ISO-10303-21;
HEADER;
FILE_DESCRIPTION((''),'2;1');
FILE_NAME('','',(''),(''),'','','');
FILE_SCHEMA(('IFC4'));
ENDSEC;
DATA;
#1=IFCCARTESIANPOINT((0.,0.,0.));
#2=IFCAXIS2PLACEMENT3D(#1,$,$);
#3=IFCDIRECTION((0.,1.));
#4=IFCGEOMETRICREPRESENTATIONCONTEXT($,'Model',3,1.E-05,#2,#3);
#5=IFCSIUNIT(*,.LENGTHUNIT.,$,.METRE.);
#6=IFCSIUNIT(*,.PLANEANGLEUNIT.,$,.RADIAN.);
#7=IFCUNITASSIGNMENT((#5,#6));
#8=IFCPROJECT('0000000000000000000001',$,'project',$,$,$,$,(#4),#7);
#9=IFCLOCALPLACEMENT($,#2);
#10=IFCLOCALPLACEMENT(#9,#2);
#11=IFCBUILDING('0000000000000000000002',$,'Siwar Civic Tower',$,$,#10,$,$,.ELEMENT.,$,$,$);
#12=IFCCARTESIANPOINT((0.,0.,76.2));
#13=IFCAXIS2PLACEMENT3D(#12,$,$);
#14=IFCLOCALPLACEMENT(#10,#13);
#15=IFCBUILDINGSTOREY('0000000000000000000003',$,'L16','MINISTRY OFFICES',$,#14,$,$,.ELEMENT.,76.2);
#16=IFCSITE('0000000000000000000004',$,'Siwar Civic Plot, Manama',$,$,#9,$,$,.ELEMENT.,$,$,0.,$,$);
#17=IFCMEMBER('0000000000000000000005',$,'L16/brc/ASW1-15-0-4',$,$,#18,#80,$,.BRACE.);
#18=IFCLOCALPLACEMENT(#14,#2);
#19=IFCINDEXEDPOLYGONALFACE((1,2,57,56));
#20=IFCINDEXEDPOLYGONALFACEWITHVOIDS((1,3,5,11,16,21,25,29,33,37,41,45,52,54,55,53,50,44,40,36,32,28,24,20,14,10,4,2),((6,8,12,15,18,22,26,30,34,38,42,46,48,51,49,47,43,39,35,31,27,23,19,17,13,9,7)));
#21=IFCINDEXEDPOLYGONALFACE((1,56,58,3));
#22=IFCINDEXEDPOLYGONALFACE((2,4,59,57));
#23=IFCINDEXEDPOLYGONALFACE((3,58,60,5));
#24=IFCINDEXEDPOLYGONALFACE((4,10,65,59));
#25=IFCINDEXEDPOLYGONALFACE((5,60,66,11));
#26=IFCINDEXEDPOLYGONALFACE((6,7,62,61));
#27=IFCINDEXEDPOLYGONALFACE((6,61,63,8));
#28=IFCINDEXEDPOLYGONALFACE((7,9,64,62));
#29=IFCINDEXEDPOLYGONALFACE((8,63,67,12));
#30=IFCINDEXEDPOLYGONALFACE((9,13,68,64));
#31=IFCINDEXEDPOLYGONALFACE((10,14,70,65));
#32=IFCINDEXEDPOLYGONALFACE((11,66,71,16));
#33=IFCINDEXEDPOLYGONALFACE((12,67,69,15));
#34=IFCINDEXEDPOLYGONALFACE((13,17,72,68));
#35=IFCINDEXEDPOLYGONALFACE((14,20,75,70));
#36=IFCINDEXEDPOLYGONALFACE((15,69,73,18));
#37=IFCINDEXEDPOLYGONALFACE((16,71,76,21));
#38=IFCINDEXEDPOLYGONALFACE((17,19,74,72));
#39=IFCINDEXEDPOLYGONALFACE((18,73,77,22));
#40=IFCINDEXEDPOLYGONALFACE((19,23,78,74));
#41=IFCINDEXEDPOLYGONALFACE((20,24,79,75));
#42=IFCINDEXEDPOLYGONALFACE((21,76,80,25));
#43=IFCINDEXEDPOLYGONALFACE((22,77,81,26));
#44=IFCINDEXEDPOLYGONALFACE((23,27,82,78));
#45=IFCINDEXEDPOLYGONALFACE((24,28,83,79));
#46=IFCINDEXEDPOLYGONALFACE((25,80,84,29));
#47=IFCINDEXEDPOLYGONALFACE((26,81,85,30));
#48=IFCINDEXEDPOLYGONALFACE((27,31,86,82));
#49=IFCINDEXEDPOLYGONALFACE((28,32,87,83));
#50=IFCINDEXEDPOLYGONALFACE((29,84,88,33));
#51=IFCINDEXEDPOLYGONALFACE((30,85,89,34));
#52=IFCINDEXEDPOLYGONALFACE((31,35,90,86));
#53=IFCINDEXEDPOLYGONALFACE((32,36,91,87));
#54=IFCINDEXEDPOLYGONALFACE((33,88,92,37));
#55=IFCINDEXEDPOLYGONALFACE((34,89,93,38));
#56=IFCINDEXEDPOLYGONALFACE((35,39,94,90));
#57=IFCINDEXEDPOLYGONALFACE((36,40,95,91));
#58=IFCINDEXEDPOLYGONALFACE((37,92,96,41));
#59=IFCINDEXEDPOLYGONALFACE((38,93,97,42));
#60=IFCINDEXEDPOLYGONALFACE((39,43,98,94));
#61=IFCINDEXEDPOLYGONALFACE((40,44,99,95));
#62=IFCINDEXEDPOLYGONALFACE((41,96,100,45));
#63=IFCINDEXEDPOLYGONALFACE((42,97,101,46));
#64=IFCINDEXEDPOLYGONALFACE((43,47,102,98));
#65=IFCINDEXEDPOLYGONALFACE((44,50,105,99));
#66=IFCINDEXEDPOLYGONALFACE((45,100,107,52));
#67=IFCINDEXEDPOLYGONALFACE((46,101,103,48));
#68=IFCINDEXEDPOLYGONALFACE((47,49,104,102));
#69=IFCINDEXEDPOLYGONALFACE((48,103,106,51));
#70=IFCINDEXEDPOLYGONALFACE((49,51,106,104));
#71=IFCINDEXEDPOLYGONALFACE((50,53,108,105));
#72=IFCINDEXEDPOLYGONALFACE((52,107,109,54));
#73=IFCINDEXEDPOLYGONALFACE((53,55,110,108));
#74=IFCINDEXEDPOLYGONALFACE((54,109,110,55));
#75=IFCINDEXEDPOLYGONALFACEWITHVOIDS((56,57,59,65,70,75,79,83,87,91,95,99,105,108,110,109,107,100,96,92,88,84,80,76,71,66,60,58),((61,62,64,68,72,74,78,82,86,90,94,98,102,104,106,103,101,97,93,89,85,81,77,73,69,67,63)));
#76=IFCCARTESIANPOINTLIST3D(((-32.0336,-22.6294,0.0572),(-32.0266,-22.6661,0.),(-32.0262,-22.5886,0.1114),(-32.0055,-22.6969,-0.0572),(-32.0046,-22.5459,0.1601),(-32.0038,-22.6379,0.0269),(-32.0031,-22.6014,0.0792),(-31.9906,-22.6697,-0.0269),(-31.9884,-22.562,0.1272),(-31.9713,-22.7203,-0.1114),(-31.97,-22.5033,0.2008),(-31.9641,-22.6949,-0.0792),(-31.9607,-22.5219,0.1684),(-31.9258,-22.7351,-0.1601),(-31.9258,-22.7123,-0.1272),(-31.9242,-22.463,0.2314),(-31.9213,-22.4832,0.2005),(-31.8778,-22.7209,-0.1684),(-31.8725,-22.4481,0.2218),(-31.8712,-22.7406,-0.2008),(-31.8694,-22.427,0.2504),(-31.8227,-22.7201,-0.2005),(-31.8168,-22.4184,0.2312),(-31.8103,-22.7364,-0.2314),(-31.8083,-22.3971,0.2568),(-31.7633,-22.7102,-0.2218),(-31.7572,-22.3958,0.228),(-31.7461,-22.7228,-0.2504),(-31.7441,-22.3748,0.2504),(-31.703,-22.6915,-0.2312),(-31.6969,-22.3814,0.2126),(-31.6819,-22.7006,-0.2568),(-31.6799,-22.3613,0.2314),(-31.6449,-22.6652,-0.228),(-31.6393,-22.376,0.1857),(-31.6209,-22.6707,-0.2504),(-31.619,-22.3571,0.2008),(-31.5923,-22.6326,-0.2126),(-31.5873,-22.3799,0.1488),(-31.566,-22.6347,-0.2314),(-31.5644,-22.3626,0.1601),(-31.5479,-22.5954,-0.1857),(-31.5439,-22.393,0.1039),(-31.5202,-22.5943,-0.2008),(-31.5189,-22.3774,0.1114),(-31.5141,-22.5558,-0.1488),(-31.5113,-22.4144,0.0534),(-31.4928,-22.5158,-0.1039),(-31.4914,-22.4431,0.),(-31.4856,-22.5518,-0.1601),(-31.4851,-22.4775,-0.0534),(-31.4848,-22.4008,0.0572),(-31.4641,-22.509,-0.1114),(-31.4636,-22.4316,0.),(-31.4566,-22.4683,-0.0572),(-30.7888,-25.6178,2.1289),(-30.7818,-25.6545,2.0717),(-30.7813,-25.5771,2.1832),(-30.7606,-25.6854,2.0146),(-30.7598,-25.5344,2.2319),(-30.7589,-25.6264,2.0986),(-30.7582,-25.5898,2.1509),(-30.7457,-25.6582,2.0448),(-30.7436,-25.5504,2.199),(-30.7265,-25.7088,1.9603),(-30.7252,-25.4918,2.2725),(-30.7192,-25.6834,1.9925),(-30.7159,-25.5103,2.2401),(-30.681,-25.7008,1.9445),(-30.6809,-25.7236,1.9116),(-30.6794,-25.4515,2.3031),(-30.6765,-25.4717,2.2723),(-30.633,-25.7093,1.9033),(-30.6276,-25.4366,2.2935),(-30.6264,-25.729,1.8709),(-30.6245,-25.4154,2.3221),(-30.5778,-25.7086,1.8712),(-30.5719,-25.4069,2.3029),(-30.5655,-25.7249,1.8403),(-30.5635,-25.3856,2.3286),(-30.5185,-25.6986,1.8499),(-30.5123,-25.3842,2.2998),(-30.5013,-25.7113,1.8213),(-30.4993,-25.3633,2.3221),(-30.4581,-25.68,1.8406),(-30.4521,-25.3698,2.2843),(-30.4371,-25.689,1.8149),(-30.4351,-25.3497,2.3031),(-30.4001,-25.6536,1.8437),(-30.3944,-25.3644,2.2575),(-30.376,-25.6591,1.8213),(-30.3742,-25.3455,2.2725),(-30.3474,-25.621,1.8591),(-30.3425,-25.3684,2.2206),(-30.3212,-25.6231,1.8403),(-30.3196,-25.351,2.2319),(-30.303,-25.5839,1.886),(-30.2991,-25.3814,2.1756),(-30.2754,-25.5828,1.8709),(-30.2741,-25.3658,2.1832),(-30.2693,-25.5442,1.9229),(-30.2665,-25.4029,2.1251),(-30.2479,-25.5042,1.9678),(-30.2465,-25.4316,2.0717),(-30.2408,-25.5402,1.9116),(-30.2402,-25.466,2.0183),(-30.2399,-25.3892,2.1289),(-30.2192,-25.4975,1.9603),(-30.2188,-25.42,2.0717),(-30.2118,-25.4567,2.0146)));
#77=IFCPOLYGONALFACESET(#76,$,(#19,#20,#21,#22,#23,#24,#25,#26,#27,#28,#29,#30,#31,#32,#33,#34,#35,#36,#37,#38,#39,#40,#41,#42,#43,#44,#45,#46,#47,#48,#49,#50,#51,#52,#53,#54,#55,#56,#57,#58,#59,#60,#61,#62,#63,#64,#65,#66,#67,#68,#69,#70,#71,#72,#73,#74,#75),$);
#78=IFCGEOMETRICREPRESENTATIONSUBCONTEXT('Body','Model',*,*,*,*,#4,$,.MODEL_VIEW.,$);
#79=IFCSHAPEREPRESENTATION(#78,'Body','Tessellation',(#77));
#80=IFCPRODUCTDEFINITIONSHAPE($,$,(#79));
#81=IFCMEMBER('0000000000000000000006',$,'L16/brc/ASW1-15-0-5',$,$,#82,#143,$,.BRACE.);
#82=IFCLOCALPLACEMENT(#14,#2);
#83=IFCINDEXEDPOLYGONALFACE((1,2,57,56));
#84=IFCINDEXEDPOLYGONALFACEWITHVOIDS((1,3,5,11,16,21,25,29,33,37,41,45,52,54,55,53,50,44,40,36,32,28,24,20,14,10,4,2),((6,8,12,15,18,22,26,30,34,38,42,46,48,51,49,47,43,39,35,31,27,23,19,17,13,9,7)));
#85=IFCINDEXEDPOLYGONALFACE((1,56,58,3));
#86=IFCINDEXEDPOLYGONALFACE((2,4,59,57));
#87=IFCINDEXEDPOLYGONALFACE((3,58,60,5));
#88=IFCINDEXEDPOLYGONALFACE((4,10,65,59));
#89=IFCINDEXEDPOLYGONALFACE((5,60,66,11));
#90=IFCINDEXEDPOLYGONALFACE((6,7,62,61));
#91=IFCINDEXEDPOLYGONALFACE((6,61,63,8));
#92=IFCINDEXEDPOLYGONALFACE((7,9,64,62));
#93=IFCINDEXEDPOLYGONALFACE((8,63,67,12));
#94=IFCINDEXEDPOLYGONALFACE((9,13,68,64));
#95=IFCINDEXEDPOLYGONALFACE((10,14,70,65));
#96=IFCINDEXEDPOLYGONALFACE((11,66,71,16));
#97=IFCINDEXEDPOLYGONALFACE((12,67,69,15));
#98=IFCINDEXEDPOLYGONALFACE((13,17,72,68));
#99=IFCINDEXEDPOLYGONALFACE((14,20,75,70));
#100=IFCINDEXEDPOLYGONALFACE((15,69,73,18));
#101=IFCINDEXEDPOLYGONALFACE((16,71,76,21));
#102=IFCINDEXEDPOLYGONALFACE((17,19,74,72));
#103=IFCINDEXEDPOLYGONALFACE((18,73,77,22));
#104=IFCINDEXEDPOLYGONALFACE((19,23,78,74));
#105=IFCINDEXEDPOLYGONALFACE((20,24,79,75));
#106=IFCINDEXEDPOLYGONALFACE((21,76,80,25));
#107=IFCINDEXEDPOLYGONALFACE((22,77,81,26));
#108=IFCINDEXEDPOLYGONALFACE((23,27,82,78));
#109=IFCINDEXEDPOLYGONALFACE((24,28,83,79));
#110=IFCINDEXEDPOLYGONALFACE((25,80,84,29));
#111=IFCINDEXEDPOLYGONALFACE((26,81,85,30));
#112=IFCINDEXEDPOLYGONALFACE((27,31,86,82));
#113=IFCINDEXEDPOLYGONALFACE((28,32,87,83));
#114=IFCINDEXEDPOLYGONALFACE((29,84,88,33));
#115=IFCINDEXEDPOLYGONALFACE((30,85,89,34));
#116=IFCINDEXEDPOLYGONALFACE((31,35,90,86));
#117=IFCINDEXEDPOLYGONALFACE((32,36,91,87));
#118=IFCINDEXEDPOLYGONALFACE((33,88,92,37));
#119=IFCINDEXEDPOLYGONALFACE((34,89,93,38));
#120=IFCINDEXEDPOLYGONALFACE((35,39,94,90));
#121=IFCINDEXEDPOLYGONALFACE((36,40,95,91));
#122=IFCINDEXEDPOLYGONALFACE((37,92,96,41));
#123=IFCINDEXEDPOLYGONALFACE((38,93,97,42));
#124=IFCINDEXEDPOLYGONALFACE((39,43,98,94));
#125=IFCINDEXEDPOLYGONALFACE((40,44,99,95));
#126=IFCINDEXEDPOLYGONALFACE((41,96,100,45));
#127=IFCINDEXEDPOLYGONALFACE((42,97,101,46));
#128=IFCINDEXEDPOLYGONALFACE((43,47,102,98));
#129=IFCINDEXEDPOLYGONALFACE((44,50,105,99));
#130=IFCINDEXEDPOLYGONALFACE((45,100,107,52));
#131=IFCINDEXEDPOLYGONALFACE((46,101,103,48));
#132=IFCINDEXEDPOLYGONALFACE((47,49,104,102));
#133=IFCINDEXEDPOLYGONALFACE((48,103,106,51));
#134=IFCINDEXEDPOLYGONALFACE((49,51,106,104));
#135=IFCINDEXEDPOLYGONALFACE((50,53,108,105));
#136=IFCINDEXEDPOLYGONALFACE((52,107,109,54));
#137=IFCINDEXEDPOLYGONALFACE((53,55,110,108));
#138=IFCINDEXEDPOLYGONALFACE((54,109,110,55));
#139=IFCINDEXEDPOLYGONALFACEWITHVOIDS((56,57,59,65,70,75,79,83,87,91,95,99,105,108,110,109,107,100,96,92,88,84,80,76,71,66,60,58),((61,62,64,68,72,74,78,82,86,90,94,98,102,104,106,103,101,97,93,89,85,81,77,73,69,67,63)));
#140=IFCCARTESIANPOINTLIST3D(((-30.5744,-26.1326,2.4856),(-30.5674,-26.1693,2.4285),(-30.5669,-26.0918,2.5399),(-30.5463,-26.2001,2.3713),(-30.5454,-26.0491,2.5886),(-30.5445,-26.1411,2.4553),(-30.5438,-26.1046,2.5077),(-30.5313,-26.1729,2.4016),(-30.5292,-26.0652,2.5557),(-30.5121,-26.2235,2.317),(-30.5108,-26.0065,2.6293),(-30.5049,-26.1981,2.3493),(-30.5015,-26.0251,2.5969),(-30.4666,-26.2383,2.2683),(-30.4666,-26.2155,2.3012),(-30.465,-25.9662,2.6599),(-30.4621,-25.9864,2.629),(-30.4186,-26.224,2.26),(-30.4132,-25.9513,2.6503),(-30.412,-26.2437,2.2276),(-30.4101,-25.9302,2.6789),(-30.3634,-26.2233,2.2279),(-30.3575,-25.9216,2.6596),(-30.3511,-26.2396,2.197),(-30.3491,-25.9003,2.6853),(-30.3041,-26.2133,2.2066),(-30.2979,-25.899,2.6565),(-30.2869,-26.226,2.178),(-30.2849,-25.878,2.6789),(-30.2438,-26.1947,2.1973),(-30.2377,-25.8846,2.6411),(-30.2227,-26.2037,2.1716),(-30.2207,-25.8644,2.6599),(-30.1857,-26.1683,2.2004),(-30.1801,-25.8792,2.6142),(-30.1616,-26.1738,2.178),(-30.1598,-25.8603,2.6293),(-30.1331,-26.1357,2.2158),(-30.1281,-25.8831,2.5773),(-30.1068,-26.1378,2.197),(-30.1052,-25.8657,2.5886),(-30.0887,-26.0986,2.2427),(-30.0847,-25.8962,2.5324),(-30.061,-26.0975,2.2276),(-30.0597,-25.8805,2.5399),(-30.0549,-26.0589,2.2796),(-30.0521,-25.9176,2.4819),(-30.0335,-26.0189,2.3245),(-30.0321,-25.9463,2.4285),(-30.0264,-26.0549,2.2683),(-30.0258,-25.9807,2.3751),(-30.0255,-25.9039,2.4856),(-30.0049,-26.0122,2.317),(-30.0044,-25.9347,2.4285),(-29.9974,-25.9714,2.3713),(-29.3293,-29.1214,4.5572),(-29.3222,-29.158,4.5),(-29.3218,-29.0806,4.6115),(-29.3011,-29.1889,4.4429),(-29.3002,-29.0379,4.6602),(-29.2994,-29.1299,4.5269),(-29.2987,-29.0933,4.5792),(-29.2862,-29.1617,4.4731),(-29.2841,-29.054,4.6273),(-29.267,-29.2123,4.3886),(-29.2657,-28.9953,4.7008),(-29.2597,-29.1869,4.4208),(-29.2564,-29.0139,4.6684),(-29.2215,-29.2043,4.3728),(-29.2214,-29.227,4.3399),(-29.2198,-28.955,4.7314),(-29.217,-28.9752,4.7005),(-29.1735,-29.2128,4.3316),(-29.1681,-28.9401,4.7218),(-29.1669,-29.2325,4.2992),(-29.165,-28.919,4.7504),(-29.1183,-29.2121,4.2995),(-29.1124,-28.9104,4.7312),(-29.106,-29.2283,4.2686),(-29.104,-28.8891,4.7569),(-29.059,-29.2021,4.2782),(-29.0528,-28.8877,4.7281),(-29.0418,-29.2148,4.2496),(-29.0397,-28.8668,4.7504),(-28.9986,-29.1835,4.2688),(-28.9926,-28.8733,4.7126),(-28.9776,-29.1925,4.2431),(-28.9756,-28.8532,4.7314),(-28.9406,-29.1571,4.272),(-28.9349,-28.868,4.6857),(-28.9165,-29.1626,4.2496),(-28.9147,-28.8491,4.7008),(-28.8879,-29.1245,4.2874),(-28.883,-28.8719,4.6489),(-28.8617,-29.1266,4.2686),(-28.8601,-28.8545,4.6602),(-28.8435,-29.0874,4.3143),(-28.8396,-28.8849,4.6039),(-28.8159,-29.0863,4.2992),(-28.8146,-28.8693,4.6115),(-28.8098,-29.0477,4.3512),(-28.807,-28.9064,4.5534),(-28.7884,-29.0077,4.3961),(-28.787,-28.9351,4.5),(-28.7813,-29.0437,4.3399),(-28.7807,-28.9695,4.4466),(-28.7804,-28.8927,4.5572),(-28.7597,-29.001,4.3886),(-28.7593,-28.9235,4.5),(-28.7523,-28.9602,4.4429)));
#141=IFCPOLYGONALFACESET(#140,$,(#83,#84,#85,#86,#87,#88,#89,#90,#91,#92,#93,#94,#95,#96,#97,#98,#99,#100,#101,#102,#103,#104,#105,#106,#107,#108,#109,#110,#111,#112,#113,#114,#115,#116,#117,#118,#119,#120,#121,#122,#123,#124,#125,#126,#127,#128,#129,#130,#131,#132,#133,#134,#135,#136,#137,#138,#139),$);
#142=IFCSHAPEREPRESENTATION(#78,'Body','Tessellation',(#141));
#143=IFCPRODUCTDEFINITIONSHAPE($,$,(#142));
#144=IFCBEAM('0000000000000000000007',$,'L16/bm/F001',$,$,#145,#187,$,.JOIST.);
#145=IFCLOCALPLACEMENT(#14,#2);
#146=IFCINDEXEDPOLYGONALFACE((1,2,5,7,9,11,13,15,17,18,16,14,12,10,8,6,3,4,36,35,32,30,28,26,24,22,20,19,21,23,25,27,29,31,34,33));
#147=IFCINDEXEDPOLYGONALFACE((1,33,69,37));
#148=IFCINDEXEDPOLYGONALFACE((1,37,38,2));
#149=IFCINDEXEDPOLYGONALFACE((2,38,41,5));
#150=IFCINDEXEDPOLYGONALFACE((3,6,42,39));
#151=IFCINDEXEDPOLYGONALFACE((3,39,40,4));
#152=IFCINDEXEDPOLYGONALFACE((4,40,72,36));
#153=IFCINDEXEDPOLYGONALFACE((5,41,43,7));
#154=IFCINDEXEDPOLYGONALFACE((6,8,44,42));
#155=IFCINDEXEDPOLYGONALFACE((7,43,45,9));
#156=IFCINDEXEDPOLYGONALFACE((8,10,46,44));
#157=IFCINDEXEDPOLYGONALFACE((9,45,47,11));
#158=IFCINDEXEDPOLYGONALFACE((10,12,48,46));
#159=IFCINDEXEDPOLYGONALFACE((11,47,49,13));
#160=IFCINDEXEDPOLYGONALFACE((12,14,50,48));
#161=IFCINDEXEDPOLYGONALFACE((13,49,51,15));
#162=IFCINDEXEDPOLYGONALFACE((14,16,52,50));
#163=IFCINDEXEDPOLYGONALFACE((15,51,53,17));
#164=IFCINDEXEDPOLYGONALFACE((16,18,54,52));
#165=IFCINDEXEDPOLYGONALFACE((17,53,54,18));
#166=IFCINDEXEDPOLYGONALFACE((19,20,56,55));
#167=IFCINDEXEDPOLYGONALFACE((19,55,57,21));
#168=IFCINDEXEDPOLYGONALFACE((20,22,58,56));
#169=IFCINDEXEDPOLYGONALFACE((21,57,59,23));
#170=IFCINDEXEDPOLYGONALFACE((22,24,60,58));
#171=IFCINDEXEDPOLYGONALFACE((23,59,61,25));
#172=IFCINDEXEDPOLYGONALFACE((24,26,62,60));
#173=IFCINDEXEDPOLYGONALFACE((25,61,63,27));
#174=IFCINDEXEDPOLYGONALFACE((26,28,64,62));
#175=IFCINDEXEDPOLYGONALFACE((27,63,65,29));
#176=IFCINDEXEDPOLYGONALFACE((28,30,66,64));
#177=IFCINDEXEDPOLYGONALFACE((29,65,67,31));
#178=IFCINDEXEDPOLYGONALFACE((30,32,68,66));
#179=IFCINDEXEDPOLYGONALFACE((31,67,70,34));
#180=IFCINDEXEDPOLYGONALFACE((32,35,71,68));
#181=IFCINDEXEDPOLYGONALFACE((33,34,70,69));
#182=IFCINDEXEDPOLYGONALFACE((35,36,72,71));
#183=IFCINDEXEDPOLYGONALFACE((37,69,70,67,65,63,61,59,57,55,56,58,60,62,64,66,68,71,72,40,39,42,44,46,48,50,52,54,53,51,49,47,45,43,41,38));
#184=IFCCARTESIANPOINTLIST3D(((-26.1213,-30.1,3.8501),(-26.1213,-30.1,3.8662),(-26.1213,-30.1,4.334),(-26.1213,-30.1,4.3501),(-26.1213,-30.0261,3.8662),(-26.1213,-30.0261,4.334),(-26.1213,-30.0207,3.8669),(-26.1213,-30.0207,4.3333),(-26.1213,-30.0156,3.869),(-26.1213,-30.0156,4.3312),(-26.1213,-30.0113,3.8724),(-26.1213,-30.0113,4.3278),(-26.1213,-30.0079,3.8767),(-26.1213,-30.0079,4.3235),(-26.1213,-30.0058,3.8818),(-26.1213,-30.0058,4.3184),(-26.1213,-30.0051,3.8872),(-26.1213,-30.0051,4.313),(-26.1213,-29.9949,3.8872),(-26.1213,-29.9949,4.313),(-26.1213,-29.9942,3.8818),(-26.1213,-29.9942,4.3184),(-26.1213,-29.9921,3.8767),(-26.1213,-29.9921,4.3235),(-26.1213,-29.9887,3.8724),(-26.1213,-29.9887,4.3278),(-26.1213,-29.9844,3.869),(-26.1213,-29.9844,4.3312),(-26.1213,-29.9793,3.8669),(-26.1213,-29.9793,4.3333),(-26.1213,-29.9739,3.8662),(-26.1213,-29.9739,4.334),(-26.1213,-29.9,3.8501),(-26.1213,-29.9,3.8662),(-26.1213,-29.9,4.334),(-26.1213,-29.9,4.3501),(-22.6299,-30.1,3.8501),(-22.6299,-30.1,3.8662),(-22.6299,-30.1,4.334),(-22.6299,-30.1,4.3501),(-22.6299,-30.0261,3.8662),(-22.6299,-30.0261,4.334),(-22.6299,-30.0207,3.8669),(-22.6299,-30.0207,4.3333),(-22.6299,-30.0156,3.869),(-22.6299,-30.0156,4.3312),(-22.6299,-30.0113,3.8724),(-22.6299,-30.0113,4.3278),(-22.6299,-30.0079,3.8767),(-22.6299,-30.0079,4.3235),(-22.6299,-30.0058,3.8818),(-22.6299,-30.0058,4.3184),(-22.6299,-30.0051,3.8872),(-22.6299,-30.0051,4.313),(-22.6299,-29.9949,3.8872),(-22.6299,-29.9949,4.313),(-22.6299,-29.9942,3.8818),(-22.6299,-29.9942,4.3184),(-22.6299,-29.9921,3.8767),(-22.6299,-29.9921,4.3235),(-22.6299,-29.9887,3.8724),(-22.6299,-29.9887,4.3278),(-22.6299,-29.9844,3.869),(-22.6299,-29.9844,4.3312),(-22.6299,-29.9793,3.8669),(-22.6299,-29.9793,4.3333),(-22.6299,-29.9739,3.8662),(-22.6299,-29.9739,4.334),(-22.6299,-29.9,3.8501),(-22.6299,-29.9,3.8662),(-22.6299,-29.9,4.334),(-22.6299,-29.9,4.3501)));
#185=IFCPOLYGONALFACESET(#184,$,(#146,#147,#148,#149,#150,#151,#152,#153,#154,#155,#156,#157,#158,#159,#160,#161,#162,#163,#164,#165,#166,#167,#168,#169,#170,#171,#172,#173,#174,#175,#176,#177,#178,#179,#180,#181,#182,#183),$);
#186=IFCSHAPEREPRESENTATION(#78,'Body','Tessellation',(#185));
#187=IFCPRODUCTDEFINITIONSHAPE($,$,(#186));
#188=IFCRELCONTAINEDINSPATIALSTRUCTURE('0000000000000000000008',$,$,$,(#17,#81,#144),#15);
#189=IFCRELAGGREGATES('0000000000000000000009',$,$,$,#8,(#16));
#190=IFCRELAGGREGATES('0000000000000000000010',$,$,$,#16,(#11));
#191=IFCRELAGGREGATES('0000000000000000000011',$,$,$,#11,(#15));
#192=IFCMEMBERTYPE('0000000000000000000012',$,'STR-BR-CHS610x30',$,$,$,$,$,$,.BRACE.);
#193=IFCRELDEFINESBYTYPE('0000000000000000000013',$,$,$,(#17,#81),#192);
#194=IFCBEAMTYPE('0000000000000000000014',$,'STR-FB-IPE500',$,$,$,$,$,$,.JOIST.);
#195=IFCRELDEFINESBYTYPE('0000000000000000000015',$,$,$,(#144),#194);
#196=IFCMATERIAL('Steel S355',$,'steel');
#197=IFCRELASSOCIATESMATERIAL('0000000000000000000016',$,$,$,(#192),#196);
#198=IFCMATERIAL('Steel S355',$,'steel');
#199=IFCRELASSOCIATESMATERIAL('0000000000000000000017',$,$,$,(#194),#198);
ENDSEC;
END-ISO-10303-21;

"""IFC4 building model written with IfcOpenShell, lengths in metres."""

from ifc_helpers import new_model, si_unit, direction, frame, origin, origin_2d, place, context, subcontext, project, spatial, hollow_circle, i_section, extrude, material, material_profile, profile_set, type_object, element, save


model = new_model("IFC4")

# Units and contexts
model_context = context("Model", 3, precision=1e-05, world=origin(), true_north=direction((0.0, 1.0)))
body_context = subcontext(model_context, "Body", "Model", "MODEL_VIEW")
ifc_project = project(units=[si_unit("LENGTHUNIT", "METRE"), si_unit("PLANEANGLEUNIT", "RADIAN")], contexts=[model_context])

# Site, building, storey
site_placement = place(None, origin())
site = spatial("IfcSite", under=ifc_project, at=site_placement, Name="Siwar Civic Plot, Manama", CompositionType="ELEMENT", RefElevation=0.0)
building_placement = place(site_placement, origin())
building = spatial("IfcBuilding", under=site, at=building_placement, Name="Siwar Civic Tower", CompositionType="ELEMENT")
storey_placement = place(building_placement, frame((0.0, 0.0, 76.2)))
storey = spatial("IfcBuildingStorey", under=building, at=storey_placement, Name="L16", Description="MINISTRY OFFICES", CompositionType="ELEMENT", Elevation=76.2)

# Members
ifc_material_1 = material(Name="Steel S355", Category="steel")
ifc_material_profile_1 = material_profile(ifc_material_1, hollow_circle(Radius=0.3049, WallThickness=0.03, at=origin_2d()), Name="CHS610x30")
ifc_profile_set_1 = profile_set([ifc_material_profile_1], Name="Steel S355")
member_type_1 = type_object("IfcMemberType", Name="STR-BR-CHS610x30", PredefinedType="BRACE", material=ifc_profile_set_1)
member_1_placement = place(storey_placement, frame((-31.7451, -22.5488, 0.0), z_axis=(0.323882, -0.777533, 0.53902), x_axis=(0.923115, 0.384524, 0.0)))
element("IfcMember", 1, at=member_1_placement, inside=storey, type_object=member_type_1, Name="L16/brc/ASW1-15-0-4", PredefinedType="BRACE", context=body_context, shape_type="SweptSolid", body=[
    extrude(hollow_circle(Radius=0.3049, WallThickness=0.03, at=origin_2d()), origin(), (0.0, 0.0, 1.0), 3.8435),
])
member_2_placement = place(storey_placement, frame((-30.2859, -26.052, 2.4285), z_axis=(0.323934, -0.777569, 0.538937), x_axis=(0.923099, 0.384562, 0.0)))
element("IfcMember", 2, at=member_2_placement, inside=storey, type_object=member_type_1, Name="L16/brc/ASW1-15-0-5", PredefinedType="BRACE", context=body_context, shape_type="SweptSolid", body=[
    extrude(hollow_circle(Radius=0.3049, WallThickness=0.03, at=origin_2d()), origin(), (0.0, 0.0, 1.0), 3.8438),
])

# Beam
ifc_material_2 = material(Name="Steel S355", Category="steel")
ifc_material_profile_2 = material_profile(ifc_material_2, i_section(OverallWidth=0.2, OverallDepth=0.5, WebThickness=0.0103, FlangeThickness=0.0161, FilletRadius=0.021, at=origin_2d()), Name="IPE500")
ifc_profile_set_2 = profile_set([ifc_material_profile_2], Name="Steel S355")
beam_type_1 = type_object("IfcBeamType", Name="STR-FB-IPE500", PredefinedType="JOIST", material=ifc_profile_set_2)
beam_1_placement = place(storey_placement, frame((-26.1213, -30.0, 4.1001), z_axis=(1.0, 0.0, 0.0), x_axis=(0.0, 1.0, 0.0)))
element("IfcBeam", 3, at=beam_1_placement, inside=storey, type_object=beam_type_1, Name="L16/bm/F001", PredefinedType="JOIST", context=body_context, shape_type="SweptSolid", body=[
    extrude(i_section(OverallWidth=0.2, OverallDepth=0.5, WebThickness=0.0103, FlangeThickness=0.0161, FilletRadius=0.021, at=origin_2d()), origin(), (0.0, 0.0, 1.0), 3.4915),
])

save(model, "model.ifc")
